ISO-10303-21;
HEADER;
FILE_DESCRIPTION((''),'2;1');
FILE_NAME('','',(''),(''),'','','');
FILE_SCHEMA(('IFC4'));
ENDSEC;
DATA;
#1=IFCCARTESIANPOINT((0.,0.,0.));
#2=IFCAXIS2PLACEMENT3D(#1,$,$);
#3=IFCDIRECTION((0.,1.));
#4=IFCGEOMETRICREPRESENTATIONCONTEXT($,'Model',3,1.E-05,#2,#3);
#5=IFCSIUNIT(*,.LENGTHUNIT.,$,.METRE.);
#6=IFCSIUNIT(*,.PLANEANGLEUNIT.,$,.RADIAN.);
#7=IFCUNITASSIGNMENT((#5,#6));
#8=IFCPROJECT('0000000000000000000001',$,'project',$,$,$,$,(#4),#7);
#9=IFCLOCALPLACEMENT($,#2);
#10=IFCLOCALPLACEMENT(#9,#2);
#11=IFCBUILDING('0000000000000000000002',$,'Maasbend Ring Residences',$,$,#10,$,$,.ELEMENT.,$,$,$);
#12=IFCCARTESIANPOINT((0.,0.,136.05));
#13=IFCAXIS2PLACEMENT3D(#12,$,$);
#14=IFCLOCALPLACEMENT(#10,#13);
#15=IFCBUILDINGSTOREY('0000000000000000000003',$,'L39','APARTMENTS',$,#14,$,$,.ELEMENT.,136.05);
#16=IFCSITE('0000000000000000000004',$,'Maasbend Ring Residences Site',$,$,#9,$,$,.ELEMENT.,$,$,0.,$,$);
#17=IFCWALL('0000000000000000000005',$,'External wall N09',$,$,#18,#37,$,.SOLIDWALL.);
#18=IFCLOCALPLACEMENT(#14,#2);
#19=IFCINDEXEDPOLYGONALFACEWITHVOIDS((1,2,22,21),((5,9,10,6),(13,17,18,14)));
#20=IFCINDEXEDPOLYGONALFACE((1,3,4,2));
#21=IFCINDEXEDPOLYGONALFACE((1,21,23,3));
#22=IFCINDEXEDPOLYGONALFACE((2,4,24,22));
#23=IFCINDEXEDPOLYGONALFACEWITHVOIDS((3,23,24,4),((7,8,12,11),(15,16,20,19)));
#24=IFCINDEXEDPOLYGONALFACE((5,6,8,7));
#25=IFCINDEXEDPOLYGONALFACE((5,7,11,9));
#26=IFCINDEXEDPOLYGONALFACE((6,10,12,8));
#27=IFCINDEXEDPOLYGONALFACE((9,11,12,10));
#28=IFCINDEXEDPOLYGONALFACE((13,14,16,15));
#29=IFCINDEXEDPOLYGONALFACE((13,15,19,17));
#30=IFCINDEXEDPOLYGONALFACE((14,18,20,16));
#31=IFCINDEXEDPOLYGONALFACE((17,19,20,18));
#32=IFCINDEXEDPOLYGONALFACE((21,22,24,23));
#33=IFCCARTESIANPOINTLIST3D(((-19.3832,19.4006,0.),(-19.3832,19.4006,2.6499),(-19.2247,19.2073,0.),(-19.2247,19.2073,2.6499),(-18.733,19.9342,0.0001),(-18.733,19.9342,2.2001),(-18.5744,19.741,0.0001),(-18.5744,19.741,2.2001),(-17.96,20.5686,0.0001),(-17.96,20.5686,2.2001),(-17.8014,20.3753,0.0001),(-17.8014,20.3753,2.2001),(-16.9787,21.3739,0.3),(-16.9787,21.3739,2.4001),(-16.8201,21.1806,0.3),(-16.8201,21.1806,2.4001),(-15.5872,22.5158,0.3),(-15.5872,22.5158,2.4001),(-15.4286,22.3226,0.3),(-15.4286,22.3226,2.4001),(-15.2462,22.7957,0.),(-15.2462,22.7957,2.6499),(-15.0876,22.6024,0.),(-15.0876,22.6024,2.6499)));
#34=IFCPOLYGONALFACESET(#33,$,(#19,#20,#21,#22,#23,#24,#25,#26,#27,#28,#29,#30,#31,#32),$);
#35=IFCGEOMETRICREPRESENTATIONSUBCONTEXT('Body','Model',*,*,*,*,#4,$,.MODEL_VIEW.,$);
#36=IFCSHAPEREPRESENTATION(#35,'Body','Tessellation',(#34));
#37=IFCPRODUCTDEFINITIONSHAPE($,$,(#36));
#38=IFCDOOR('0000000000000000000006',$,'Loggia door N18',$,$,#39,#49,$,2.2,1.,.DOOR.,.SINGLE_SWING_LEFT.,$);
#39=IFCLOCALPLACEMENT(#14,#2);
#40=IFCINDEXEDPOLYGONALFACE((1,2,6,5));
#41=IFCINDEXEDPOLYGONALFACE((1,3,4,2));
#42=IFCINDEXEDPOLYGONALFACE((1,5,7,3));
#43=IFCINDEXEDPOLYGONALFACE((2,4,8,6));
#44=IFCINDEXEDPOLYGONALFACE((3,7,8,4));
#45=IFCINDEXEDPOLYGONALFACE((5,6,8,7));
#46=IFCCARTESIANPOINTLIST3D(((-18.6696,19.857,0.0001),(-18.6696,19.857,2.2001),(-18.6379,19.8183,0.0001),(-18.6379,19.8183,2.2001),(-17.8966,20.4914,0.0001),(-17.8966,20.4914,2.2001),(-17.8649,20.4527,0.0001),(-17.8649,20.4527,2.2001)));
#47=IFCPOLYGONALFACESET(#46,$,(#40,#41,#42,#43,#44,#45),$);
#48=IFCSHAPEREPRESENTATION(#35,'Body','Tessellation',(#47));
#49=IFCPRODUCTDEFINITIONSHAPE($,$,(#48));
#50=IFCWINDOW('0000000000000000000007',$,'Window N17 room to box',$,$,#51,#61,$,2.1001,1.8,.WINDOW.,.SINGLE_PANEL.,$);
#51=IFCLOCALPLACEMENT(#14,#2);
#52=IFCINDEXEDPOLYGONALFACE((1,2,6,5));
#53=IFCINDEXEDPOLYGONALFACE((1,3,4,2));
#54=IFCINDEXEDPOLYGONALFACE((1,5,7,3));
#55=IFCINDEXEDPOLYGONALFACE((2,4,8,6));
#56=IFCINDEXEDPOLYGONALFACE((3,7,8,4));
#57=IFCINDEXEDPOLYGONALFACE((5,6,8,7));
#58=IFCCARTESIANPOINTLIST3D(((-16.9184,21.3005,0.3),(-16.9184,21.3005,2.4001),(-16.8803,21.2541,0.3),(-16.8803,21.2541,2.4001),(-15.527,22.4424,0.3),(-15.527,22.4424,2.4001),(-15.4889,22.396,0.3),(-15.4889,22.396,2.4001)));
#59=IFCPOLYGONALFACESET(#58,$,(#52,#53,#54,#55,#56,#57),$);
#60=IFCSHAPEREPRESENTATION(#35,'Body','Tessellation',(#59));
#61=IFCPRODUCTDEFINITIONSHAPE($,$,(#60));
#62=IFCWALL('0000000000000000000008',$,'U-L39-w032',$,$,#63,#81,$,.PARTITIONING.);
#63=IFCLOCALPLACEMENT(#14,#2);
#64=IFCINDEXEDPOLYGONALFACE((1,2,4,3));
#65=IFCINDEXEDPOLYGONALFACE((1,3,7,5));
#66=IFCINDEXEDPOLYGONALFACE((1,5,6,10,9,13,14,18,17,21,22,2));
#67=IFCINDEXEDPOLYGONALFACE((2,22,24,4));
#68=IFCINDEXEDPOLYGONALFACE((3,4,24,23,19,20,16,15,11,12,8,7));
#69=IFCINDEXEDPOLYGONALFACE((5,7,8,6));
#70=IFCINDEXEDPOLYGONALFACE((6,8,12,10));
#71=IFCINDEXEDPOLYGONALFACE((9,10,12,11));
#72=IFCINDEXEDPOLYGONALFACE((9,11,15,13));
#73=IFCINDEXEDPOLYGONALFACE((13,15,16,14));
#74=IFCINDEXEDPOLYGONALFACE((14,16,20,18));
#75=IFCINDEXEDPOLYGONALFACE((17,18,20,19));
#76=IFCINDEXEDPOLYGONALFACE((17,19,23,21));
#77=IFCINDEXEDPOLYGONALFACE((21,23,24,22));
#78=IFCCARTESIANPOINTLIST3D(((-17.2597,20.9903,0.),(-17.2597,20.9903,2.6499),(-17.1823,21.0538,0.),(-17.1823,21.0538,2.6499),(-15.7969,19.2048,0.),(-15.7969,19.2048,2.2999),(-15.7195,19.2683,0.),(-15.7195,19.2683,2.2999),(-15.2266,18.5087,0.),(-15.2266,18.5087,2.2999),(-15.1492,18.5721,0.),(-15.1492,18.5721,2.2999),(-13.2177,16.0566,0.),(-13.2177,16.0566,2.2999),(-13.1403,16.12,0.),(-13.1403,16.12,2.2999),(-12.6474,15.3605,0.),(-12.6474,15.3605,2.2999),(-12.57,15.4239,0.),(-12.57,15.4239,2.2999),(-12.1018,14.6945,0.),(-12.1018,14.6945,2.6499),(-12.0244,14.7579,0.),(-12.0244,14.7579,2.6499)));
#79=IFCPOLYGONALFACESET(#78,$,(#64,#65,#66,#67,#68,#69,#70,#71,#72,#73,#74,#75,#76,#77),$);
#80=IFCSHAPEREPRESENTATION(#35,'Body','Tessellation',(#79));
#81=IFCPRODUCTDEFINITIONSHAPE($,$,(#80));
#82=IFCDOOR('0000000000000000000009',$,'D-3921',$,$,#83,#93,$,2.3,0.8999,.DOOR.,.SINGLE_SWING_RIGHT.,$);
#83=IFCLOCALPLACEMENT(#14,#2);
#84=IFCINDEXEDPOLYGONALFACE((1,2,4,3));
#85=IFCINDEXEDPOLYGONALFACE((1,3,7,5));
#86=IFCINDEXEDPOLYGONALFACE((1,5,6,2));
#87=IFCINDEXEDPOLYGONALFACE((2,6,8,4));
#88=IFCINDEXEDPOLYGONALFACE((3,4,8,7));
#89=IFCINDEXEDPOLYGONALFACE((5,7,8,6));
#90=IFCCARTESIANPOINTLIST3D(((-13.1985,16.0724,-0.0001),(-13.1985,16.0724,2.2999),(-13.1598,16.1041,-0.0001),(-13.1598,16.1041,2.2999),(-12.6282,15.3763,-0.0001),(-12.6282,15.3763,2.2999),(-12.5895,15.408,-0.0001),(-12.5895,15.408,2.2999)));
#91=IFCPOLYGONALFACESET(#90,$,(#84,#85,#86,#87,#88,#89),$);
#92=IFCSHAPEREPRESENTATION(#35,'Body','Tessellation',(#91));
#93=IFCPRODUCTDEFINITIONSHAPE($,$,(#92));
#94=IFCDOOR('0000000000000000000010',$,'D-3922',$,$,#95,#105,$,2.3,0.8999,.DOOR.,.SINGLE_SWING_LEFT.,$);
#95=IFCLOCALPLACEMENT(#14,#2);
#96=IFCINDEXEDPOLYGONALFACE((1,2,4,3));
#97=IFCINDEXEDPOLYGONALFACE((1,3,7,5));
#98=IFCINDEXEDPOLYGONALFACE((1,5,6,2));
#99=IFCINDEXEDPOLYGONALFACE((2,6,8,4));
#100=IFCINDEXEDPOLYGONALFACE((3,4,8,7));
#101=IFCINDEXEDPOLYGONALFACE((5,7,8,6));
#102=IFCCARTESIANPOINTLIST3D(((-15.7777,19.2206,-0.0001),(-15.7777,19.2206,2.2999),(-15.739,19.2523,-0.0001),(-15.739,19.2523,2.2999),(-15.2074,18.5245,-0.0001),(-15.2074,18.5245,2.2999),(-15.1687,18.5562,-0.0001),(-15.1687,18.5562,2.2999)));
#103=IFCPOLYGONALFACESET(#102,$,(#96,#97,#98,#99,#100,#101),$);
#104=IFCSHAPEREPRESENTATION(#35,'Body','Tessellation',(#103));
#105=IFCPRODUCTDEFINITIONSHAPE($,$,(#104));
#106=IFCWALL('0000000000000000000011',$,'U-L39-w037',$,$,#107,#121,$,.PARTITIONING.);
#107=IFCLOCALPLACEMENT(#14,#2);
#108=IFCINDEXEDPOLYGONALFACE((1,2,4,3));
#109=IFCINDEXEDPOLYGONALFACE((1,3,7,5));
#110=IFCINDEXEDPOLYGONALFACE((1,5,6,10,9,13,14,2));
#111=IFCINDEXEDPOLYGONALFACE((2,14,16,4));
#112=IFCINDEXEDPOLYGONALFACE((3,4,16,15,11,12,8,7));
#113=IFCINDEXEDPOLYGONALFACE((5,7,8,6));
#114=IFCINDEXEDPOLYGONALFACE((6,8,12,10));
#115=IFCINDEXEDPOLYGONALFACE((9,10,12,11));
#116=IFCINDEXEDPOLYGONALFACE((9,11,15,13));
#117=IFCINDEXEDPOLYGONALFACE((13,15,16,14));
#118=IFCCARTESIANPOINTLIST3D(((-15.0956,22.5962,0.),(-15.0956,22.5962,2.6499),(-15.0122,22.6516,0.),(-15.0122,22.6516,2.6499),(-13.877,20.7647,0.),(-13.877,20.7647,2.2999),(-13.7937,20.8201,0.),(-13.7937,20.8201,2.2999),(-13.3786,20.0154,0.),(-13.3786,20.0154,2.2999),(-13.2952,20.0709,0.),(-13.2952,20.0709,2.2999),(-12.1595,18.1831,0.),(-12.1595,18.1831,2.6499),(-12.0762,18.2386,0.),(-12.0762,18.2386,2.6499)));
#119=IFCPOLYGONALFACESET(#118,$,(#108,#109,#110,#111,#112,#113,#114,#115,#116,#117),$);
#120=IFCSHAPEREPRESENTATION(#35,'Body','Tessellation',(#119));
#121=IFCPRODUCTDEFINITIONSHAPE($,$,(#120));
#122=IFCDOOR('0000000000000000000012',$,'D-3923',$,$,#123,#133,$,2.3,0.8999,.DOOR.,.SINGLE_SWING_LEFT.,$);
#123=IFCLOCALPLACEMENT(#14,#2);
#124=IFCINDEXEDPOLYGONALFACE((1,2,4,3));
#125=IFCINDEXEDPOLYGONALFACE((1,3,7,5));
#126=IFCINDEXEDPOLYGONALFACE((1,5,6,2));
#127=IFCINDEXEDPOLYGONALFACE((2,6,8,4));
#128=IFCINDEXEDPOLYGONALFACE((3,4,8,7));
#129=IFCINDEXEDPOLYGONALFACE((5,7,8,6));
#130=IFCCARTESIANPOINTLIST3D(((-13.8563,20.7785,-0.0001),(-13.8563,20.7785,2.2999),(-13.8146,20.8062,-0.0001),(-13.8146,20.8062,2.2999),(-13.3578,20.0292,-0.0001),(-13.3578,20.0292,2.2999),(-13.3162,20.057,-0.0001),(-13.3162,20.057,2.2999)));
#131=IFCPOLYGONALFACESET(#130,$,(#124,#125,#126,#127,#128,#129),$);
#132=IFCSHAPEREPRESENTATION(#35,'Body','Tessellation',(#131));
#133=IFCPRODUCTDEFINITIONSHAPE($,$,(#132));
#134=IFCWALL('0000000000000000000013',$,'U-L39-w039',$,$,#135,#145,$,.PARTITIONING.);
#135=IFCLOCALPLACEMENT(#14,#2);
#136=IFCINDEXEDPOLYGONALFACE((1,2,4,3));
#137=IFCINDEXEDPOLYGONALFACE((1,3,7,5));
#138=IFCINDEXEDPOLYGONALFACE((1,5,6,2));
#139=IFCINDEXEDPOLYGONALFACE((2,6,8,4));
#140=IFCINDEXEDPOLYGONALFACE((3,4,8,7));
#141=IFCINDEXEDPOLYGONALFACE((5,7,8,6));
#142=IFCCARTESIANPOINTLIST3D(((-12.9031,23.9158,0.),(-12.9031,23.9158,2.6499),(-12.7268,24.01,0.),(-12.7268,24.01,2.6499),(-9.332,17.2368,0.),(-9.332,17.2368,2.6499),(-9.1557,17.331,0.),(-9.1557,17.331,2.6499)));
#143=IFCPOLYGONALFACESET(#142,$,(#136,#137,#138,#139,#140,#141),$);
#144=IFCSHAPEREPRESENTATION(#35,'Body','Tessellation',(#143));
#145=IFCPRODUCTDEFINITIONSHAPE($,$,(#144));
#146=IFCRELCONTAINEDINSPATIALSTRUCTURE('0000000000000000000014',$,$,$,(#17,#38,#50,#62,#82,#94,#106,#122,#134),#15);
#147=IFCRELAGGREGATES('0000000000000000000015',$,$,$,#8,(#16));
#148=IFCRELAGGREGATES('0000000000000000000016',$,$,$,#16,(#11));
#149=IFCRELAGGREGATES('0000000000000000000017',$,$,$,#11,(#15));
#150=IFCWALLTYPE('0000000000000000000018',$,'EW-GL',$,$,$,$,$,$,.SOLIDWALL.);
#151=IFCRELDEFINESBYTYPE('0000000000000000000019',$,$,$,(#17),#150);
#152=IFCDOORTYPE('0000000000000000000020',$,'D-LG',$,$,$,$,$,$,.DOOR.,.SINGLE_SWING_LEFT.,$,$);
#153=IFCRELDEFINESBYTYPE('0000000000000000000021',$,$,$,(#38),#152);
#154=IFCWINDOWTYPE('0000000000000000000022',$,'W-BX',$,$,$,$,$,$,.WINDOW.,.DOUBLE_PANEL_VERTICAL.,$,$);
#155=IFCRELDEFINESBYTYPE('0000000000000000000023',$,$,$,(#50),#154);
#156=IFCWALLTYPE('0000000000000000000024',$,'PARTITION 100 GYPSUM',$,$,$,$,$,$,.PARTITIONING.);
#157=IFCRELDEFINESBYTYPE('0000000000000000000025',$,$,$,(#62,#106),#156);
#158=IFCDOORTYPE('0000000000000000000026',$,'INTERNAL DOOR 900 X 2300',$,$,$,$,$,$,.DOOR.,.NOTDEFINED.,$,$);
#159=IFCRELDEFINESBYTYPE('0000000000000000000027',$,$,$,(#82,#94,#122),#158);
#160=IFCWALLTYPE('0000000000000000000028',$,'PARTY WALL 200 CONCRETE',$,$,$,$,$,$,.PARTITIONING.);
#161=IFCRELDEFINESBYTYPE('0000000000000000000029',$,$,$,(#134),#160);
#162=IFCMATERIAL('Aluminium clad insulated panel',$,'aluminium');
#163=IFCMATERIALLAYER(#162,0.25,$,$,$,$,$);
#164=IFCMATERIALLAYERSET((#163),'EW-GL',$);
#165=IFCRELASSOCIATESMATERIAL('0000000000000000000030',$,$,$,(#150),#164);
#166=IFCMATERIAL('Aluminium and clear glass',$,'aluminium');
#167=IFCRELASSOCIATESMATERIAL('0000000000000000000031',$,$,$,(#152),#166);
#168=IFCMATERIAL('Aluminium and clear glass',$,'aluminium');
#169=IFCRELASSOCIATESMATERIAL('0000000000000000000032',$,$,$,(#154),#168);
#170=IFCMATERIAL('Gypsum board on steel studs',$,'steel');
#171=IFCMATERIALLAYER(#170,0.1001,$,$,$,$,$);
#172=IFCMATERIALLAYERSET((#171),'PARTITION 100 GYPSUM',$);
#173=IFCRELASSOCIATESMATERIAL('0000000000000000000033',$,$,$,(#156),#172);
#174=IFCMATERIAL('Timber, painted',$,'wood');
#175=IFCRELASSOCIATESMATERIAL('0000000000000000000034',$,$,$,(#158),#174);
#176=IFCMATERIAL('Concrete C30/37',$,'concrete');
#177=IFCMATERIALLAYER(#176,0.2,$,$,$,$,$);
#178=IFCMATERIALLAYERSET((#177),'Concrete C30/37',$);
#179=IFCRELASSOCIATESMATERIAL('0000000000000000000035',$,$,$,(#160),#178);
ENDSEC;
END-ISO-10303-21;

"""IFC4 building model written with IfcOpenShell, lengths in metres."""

from ifc_helpers import new_model, si_unit, direction, frame, frame_2d, origin, place, context, subcontext, project, spatial, rectangle, extrude, material, layer, layer_set, type_object, element, fill, save


model = new_model("IFC4")

# Units and contexts
model_context = context("Model", 3, precision=1e-05, world=origin(), true_north=direction((0.0, 1.0)))
body_context = subcontext(model_context, "Body", "Model", "MODEL_VIEW")
ifc_project = project(units=[si_unit("LENGTHUNIT", "METRE"), si_unit("PLANEANGLEUNIT", "RADIAN")], contexts=[model_context])

# Site, building, storey
site_placement = place(None, origin())
site = spatial("IfcSite", under=ifc_project, at=site_placement, Name="Maasbend Ring Residences Site", CompositionType="ELEMENT", RefElevation=0.0)
building_placement = place(site_placement, origin())
building = spatial("IfcBuilding", under=site, at=building_placement, Name="Maasbend Ring Residences", CompositionType="ELEMENT")
storey_placement = place(building_placement, frame((0.0, 0.0, 136.05)))
storey = spatial("IfcBuildingStorey", under=building, at=storey_placement, Name="L39", Description="APARTMENTS", CompositionType="ELEMENT", Elevation=136.05)

# Wall, openings, door, window
ifc_material_1 = material(Name="Aluminium clad insulated panel", Category="aluminium")
ifc_layer_1 = layer(ifc_material_1, 0.25)
ifc_layer_set_1 = layer_set([ifc_layer_1], Name="EW-GL")
wall_type_1 = type_object("IfcWallType", Name="EW-GL", PredefinedType="SOLIDWALL", material=ifc_layer_set_1)
wall_1_placement = place(storey_placement, frame((-15.167, 22.699, 0.0), z_axis=(0.0, 0.0, 1.0), x_axis=(-0.773019, -0.634382, 0.0)))
wall_1 = element("IfcWall", 1, at=wall_1_placement, inside=storey, type_object=wall_type_1, Name="External wall N09", PredefinedType="SOLIDWALL", context=body_context, shape_type="SweptSolid", body=[
    extrude(rectangle(XDim=5.3518, YDim=0.25, at=frame_2d((2.6758, 0.0))), origin(), (0.0, 0.0, 1.0), 2.6499),
])
opening_1_placement = place(wall_1_placement, frame((0.4412, 0.0, 0.3)))
opening_1 = element("IfcOpeningElement", 2, at=opening_1_placement, cuts=wall_1, PredefinedType="OPENING", context=body_context, shape_type="SweptSolid", body=[
    extrude(rectangle(XDim=1.8, YDim=2.1001, at=frame_2d((0.8999, 1.05))), frame((0.0, 0.135, 0.0), z_axis=(0.0, -1.0, 0.0), x_axis=(1.0, 0.0, 0.0)), (0.0, 0.0, 1.0), 0.27),
])
opening_2_placement = place(wall_1_placement, frame((3.5105, 0.0, 0.0)))
opening_2 = element("IfcOpeningElement", 3, at=opening_2_placement, cuts=wall_1, PredefinedType="OPENING", context=body_context, shape_type="SweptSolid", body=[
    extrude(rectangle(XDim=1.0, YDim=2.2, at=frame_2d((0.5, 1.1001))), frame((0.0, 0.135, 0.0), z_axis=(0.0, -1.0, 0.0), x_axis=(1.0, 0.0, 0.0)), (0.0, 0.0, 1.0), 0.27),
])
ifc_material_2 = material(Name="Aluminium and clear glass", Category="aluminium")
door_type_1 = type_object("IfcDoorType", Name="D-LG", OperationType="SINGLE_SWING_LEFT", PredefinedType="DOOR", material=ifc_material_2)
door_1_placement = place(opening_2_placement, origin())
door_1 = element("IfcDoor", 4, at=door_1_placement, inside=storey, type_object=door_type_1, Name="Loggia door N18", OperationType="SINGLE_SWING_LEFT", OverallHeight=2.2, OverallWidth=1.0, PredefinedType="DOOR", context=body_context, shape_type="SweptSolid", body=[
    extrude(rectangle(XDim=1.0, YDim=2.2, at=frame_2d((0.5, 1.1001))), frame((0.0, 0.0249, 0.0), z_axis=(0.0, -1.0, 0.0), x_axis=(1.0, 0.0, 0.0)), (0.0, 0.0, 1.0), 0.05),
])
fill(opening_2, door_1)
ifc_material_3 = material(Name="Aluminium and clear glass", Category="aluminium")
window_type_1 = type_object("IfcWindowType", Name="W-BX", PartitioningType="DOUBLE_PANEL_VERTICAL", PredefinedType="WINDOW", material=ifc_material_3)
window_1_placement = place(opening_1_placement, origin())
window_1 = element("IfcWindow", 5, at=window_1_placement, inside=storey, type_object=window_type_1, Name="Window N17 room to box", OverallHeight=2.1001, OverallWidth=1.8, PartitioningType="SINGLE_PANEL", PredefinedType="WINDOW", context=body_context, shape_type="SweptSolid", body=[
    extrude(rectangle(XDim=1.8, YDim=2.1001, at=frame_2d((0.8999, 1.05))), frame((0.0, 0.03, 0.0), z_axis=(0.0, -1.0, 0.0), x_axis=(1.0, 0.0, 0.0)), (0.0, 0.0, 1.0), 0.0601),
])
fill(opening_1, window_1)

# Wall, openings, doors
ifc_material_4 = material(Name="Gypsum board on steel studs", Category="steel")
ifc_layer_2 = layer(ifc_material_4, 0.1001)
ifc_layer_set_2 = layer_set([ifc_layer_2], Name="PARTITION 100 GYPSUM")
wall_type_2 = type_object("IfcWallType", Name="PARTITION 100 GYPSUM", PredefinedType="PARTITIONING", material=ifc_layer_set_2)
wall_2_placement = place(storey_placement, frame((-17.2209, 21.022, 0.0), z_axis=(0.0, 0.0, 1.0), x_axis=(0.633736, -0.77355, 0.0)))
wall_2 = element("IfcWall", 6, at=wall_2_placement, inside=storey, type_object=wall_type_2, Name="U-L39-w032", PredefinedType="PARTITIONING", context=body_context, shape_type="SweptSolid", body=[
    extrude(rectangle(XDim=8.1389, YDim=0.1001, at=frame_2d((4.0693, 0.0))), origin(), (0.0, 0.0, 1.0), 2.6499),
])
opening_3_placement = place(wall_2_placement, frame((6.3779, 0.0, 0.0)))
opening_3 = element("IfcOpeningElement", 7, at=opening_3_placement, cuts=wall_2, PredefinedType="OPENING", context=body_context, shape_type="SweptSolid", body=[
    extrude(rectangle(XDim=0.8999, YDim=2.3, at=frame_2d((0.45, 1.1499))), frame((0.0, 0.0601, 0.0), z_axis=(0.0, -1.0, 0.0), x_axis=(1.0, 0.0, 0.0)), (0.0, 0.0, 1.0), 0.1201),
])
opening_4_placement = place(wall_2_placement, frame((2.3081, 0.0, 0.0)))
opening_4 = element("IfcOpeningElement", 8, at=opening_4_placement, cuts=wall_2, PredefinedType="OPENING", context=body_context, shape_type="SweptSolid", body=[
    extrude(rectangle(XDim=0.8999, YDim=2.3, at=frame_2d((0.45, 1.1499))), frame((0.0, 0.0601, 0.0), z_axis=(0.0, -1.0, 0.0), x_axis=(1.0, 0.0, 0.0)), (0.0, 0.0, 1.0), 0.1201),
])
ifc_material_5 = material(Name="Timber, painted", Category="wood")
door_type_2 = type_object("IfcDoorType", Name="INTERNAL DOOR 900 X 2300", OperationType="NOTDEFINED", PredefinedType="DOOR", material=ifc_material_5)
door_2_placement = place(opening_3_placement, origin())
door_2 = element("IfcDoor", 9, at=door_2_placement, inside=storey, type_object=door_type_2, Name="D-3921", OperationType="SINGLE_SWING_RIGHT", OverallHeight=2.3, OverallWidth=0.8999, PredefinedType="DOOR", context=body_context, shape_type="SweptSolid", body=[
    extrude(rectangle(XDim=0.8999, YDim=2.3, at=frame_2d((0.45, 1.1499))), frame((0.0, 0.0249, 0.0), z_axis=(0.0, -1.0, 0.0), x_axis=(1.0, 0.0, 0.0)), (0.0, 0.0, 1.0), 0.05),
])
fill(opening_3, door_2)
door_3_placement = place(opening_4_placement, origin())
door_3 = element("IfcDoor", 10, at=door_3_placement, inside=storey, type_object=door_type_2, Name="D-3922", OperationType="SINGLE_SWING_LEFT", OverallHeight=2.3, OverallWidth=0.8999, PredefinedType="DOOR", context=body_context, shape_type="SweptSolid", body=[
    extrude(rectangle(XDim=0.8999, YDim=2.3, at=frame_2d((0.45, 1.1499))), frame((0.0, 0.0249, 0.0), z_axis=(0.0, -1.0, 0.0), x_axis=(1.0, 0.0, 0.0)), (0.0, 0.0, 1.0), 0.05),
])
fill(opening_4, door_3)

# Wall, opening, door
wall_3_placement = place(storey_placement, frame((-15.054, 22.624, 0.0), z_axis=(0.0, 0.0, 1.0), x_axis=(0.553913, -0.832574, 0.0)))
wall_3 = element("IfcWall", 11, at=wall_3_placement, inside=storey, type_object=wall_type_2, Name="U-L39-w037", PredefinedType="PARTITIONING", context=body_context, shape_type="SweptSolid", body=[
    extrude(rectangle(XDim=5.3005, YDim=0.1001, at=frame_2d((2.6504, 0.0))), origin(), (0.0, 0.0, 1.0), 2.6499),
])
opening_5_placement = place(wall_3_placement, frame((2.2, 0.0, 0.0)))
opening_5 = element("IfcOpeningElement", 12, at=opening_5_placement, cuts=wall_3, PredefinedType="OPENING", context=body_context, shape_type="SweptSolid", body=[
    extrude(rectangle(XDim=0.8999, YDim=2.3, at=frame_2d((0.45, 1.1499))), frame((0.0, 0.0601, 0.0), z_axis=(0.0, -1.0, 0.0), x_axis=(1.0, 0.0, 0.0)), (0.0, 0.0, 1.0), 0.1201),
])
door_4_placement = place(opening_5_placement, origin())
door_4 = element("IfcDoor", 13, at=door_4_placement, inside=storey, type_object=door_type_2, Name="D-3923", OperationType="SINGLE_SWING_LEFT", OverallHeight=2.3, OverallWidth=0.8999, PredefinedType="DOOR", context=body_context, shape_type="SweptSolid", body=[
    extrude(rectangle(XDim=0.8999, YDim=2.3, at=frame_2d((0.45, 1.1499))), frame((0.0, 0.0249, 0.0), z_axis=(0.0, -1.0, 0.0), x_axis=(1.0, 0.0, 0.0)), (0.0, 0.0, 1.0), 0.05),
])
fill(opening_5, door_4)

# Wall
ifc_material_6 = material(Name="Concrete C30/37", Category="concrete")
ifc_layer_3 = layer(ifc_material_6, 0.2)
ifc_layer_set_3 = layer_set([ifc_layer_3], Name="Concrete C30/37")
wall_type_3 = type_object("IfcWallType", Name="PARTY WALL 200 CONCRETE", PredefinedType="PARTITIONING", material=ifc_layer_set_3)
wall_4_placement = place(storey_placement, frame((-12.8149, 23.9629, 0.0), z_axis=(0.0, 0.0, 1.0), x_axis=(0.471507, -0.881863, 0.0)))
element("IfcWall", 14, at=wall_4_placement, inside=storey, type_object=wall_type_3, Name="U-L39-w039", PredefinedType="PARTITIONING", context=body_context, shape_type="SweptSolid", body=[
    extrude(rectangle(XDim=7.5737, YDim=0.2, at=frame_2d((3.7869, 0.0))), origin(), (0.0, 0.0, 1.0), 2.6499),
])

save(model, "model.ifc")
